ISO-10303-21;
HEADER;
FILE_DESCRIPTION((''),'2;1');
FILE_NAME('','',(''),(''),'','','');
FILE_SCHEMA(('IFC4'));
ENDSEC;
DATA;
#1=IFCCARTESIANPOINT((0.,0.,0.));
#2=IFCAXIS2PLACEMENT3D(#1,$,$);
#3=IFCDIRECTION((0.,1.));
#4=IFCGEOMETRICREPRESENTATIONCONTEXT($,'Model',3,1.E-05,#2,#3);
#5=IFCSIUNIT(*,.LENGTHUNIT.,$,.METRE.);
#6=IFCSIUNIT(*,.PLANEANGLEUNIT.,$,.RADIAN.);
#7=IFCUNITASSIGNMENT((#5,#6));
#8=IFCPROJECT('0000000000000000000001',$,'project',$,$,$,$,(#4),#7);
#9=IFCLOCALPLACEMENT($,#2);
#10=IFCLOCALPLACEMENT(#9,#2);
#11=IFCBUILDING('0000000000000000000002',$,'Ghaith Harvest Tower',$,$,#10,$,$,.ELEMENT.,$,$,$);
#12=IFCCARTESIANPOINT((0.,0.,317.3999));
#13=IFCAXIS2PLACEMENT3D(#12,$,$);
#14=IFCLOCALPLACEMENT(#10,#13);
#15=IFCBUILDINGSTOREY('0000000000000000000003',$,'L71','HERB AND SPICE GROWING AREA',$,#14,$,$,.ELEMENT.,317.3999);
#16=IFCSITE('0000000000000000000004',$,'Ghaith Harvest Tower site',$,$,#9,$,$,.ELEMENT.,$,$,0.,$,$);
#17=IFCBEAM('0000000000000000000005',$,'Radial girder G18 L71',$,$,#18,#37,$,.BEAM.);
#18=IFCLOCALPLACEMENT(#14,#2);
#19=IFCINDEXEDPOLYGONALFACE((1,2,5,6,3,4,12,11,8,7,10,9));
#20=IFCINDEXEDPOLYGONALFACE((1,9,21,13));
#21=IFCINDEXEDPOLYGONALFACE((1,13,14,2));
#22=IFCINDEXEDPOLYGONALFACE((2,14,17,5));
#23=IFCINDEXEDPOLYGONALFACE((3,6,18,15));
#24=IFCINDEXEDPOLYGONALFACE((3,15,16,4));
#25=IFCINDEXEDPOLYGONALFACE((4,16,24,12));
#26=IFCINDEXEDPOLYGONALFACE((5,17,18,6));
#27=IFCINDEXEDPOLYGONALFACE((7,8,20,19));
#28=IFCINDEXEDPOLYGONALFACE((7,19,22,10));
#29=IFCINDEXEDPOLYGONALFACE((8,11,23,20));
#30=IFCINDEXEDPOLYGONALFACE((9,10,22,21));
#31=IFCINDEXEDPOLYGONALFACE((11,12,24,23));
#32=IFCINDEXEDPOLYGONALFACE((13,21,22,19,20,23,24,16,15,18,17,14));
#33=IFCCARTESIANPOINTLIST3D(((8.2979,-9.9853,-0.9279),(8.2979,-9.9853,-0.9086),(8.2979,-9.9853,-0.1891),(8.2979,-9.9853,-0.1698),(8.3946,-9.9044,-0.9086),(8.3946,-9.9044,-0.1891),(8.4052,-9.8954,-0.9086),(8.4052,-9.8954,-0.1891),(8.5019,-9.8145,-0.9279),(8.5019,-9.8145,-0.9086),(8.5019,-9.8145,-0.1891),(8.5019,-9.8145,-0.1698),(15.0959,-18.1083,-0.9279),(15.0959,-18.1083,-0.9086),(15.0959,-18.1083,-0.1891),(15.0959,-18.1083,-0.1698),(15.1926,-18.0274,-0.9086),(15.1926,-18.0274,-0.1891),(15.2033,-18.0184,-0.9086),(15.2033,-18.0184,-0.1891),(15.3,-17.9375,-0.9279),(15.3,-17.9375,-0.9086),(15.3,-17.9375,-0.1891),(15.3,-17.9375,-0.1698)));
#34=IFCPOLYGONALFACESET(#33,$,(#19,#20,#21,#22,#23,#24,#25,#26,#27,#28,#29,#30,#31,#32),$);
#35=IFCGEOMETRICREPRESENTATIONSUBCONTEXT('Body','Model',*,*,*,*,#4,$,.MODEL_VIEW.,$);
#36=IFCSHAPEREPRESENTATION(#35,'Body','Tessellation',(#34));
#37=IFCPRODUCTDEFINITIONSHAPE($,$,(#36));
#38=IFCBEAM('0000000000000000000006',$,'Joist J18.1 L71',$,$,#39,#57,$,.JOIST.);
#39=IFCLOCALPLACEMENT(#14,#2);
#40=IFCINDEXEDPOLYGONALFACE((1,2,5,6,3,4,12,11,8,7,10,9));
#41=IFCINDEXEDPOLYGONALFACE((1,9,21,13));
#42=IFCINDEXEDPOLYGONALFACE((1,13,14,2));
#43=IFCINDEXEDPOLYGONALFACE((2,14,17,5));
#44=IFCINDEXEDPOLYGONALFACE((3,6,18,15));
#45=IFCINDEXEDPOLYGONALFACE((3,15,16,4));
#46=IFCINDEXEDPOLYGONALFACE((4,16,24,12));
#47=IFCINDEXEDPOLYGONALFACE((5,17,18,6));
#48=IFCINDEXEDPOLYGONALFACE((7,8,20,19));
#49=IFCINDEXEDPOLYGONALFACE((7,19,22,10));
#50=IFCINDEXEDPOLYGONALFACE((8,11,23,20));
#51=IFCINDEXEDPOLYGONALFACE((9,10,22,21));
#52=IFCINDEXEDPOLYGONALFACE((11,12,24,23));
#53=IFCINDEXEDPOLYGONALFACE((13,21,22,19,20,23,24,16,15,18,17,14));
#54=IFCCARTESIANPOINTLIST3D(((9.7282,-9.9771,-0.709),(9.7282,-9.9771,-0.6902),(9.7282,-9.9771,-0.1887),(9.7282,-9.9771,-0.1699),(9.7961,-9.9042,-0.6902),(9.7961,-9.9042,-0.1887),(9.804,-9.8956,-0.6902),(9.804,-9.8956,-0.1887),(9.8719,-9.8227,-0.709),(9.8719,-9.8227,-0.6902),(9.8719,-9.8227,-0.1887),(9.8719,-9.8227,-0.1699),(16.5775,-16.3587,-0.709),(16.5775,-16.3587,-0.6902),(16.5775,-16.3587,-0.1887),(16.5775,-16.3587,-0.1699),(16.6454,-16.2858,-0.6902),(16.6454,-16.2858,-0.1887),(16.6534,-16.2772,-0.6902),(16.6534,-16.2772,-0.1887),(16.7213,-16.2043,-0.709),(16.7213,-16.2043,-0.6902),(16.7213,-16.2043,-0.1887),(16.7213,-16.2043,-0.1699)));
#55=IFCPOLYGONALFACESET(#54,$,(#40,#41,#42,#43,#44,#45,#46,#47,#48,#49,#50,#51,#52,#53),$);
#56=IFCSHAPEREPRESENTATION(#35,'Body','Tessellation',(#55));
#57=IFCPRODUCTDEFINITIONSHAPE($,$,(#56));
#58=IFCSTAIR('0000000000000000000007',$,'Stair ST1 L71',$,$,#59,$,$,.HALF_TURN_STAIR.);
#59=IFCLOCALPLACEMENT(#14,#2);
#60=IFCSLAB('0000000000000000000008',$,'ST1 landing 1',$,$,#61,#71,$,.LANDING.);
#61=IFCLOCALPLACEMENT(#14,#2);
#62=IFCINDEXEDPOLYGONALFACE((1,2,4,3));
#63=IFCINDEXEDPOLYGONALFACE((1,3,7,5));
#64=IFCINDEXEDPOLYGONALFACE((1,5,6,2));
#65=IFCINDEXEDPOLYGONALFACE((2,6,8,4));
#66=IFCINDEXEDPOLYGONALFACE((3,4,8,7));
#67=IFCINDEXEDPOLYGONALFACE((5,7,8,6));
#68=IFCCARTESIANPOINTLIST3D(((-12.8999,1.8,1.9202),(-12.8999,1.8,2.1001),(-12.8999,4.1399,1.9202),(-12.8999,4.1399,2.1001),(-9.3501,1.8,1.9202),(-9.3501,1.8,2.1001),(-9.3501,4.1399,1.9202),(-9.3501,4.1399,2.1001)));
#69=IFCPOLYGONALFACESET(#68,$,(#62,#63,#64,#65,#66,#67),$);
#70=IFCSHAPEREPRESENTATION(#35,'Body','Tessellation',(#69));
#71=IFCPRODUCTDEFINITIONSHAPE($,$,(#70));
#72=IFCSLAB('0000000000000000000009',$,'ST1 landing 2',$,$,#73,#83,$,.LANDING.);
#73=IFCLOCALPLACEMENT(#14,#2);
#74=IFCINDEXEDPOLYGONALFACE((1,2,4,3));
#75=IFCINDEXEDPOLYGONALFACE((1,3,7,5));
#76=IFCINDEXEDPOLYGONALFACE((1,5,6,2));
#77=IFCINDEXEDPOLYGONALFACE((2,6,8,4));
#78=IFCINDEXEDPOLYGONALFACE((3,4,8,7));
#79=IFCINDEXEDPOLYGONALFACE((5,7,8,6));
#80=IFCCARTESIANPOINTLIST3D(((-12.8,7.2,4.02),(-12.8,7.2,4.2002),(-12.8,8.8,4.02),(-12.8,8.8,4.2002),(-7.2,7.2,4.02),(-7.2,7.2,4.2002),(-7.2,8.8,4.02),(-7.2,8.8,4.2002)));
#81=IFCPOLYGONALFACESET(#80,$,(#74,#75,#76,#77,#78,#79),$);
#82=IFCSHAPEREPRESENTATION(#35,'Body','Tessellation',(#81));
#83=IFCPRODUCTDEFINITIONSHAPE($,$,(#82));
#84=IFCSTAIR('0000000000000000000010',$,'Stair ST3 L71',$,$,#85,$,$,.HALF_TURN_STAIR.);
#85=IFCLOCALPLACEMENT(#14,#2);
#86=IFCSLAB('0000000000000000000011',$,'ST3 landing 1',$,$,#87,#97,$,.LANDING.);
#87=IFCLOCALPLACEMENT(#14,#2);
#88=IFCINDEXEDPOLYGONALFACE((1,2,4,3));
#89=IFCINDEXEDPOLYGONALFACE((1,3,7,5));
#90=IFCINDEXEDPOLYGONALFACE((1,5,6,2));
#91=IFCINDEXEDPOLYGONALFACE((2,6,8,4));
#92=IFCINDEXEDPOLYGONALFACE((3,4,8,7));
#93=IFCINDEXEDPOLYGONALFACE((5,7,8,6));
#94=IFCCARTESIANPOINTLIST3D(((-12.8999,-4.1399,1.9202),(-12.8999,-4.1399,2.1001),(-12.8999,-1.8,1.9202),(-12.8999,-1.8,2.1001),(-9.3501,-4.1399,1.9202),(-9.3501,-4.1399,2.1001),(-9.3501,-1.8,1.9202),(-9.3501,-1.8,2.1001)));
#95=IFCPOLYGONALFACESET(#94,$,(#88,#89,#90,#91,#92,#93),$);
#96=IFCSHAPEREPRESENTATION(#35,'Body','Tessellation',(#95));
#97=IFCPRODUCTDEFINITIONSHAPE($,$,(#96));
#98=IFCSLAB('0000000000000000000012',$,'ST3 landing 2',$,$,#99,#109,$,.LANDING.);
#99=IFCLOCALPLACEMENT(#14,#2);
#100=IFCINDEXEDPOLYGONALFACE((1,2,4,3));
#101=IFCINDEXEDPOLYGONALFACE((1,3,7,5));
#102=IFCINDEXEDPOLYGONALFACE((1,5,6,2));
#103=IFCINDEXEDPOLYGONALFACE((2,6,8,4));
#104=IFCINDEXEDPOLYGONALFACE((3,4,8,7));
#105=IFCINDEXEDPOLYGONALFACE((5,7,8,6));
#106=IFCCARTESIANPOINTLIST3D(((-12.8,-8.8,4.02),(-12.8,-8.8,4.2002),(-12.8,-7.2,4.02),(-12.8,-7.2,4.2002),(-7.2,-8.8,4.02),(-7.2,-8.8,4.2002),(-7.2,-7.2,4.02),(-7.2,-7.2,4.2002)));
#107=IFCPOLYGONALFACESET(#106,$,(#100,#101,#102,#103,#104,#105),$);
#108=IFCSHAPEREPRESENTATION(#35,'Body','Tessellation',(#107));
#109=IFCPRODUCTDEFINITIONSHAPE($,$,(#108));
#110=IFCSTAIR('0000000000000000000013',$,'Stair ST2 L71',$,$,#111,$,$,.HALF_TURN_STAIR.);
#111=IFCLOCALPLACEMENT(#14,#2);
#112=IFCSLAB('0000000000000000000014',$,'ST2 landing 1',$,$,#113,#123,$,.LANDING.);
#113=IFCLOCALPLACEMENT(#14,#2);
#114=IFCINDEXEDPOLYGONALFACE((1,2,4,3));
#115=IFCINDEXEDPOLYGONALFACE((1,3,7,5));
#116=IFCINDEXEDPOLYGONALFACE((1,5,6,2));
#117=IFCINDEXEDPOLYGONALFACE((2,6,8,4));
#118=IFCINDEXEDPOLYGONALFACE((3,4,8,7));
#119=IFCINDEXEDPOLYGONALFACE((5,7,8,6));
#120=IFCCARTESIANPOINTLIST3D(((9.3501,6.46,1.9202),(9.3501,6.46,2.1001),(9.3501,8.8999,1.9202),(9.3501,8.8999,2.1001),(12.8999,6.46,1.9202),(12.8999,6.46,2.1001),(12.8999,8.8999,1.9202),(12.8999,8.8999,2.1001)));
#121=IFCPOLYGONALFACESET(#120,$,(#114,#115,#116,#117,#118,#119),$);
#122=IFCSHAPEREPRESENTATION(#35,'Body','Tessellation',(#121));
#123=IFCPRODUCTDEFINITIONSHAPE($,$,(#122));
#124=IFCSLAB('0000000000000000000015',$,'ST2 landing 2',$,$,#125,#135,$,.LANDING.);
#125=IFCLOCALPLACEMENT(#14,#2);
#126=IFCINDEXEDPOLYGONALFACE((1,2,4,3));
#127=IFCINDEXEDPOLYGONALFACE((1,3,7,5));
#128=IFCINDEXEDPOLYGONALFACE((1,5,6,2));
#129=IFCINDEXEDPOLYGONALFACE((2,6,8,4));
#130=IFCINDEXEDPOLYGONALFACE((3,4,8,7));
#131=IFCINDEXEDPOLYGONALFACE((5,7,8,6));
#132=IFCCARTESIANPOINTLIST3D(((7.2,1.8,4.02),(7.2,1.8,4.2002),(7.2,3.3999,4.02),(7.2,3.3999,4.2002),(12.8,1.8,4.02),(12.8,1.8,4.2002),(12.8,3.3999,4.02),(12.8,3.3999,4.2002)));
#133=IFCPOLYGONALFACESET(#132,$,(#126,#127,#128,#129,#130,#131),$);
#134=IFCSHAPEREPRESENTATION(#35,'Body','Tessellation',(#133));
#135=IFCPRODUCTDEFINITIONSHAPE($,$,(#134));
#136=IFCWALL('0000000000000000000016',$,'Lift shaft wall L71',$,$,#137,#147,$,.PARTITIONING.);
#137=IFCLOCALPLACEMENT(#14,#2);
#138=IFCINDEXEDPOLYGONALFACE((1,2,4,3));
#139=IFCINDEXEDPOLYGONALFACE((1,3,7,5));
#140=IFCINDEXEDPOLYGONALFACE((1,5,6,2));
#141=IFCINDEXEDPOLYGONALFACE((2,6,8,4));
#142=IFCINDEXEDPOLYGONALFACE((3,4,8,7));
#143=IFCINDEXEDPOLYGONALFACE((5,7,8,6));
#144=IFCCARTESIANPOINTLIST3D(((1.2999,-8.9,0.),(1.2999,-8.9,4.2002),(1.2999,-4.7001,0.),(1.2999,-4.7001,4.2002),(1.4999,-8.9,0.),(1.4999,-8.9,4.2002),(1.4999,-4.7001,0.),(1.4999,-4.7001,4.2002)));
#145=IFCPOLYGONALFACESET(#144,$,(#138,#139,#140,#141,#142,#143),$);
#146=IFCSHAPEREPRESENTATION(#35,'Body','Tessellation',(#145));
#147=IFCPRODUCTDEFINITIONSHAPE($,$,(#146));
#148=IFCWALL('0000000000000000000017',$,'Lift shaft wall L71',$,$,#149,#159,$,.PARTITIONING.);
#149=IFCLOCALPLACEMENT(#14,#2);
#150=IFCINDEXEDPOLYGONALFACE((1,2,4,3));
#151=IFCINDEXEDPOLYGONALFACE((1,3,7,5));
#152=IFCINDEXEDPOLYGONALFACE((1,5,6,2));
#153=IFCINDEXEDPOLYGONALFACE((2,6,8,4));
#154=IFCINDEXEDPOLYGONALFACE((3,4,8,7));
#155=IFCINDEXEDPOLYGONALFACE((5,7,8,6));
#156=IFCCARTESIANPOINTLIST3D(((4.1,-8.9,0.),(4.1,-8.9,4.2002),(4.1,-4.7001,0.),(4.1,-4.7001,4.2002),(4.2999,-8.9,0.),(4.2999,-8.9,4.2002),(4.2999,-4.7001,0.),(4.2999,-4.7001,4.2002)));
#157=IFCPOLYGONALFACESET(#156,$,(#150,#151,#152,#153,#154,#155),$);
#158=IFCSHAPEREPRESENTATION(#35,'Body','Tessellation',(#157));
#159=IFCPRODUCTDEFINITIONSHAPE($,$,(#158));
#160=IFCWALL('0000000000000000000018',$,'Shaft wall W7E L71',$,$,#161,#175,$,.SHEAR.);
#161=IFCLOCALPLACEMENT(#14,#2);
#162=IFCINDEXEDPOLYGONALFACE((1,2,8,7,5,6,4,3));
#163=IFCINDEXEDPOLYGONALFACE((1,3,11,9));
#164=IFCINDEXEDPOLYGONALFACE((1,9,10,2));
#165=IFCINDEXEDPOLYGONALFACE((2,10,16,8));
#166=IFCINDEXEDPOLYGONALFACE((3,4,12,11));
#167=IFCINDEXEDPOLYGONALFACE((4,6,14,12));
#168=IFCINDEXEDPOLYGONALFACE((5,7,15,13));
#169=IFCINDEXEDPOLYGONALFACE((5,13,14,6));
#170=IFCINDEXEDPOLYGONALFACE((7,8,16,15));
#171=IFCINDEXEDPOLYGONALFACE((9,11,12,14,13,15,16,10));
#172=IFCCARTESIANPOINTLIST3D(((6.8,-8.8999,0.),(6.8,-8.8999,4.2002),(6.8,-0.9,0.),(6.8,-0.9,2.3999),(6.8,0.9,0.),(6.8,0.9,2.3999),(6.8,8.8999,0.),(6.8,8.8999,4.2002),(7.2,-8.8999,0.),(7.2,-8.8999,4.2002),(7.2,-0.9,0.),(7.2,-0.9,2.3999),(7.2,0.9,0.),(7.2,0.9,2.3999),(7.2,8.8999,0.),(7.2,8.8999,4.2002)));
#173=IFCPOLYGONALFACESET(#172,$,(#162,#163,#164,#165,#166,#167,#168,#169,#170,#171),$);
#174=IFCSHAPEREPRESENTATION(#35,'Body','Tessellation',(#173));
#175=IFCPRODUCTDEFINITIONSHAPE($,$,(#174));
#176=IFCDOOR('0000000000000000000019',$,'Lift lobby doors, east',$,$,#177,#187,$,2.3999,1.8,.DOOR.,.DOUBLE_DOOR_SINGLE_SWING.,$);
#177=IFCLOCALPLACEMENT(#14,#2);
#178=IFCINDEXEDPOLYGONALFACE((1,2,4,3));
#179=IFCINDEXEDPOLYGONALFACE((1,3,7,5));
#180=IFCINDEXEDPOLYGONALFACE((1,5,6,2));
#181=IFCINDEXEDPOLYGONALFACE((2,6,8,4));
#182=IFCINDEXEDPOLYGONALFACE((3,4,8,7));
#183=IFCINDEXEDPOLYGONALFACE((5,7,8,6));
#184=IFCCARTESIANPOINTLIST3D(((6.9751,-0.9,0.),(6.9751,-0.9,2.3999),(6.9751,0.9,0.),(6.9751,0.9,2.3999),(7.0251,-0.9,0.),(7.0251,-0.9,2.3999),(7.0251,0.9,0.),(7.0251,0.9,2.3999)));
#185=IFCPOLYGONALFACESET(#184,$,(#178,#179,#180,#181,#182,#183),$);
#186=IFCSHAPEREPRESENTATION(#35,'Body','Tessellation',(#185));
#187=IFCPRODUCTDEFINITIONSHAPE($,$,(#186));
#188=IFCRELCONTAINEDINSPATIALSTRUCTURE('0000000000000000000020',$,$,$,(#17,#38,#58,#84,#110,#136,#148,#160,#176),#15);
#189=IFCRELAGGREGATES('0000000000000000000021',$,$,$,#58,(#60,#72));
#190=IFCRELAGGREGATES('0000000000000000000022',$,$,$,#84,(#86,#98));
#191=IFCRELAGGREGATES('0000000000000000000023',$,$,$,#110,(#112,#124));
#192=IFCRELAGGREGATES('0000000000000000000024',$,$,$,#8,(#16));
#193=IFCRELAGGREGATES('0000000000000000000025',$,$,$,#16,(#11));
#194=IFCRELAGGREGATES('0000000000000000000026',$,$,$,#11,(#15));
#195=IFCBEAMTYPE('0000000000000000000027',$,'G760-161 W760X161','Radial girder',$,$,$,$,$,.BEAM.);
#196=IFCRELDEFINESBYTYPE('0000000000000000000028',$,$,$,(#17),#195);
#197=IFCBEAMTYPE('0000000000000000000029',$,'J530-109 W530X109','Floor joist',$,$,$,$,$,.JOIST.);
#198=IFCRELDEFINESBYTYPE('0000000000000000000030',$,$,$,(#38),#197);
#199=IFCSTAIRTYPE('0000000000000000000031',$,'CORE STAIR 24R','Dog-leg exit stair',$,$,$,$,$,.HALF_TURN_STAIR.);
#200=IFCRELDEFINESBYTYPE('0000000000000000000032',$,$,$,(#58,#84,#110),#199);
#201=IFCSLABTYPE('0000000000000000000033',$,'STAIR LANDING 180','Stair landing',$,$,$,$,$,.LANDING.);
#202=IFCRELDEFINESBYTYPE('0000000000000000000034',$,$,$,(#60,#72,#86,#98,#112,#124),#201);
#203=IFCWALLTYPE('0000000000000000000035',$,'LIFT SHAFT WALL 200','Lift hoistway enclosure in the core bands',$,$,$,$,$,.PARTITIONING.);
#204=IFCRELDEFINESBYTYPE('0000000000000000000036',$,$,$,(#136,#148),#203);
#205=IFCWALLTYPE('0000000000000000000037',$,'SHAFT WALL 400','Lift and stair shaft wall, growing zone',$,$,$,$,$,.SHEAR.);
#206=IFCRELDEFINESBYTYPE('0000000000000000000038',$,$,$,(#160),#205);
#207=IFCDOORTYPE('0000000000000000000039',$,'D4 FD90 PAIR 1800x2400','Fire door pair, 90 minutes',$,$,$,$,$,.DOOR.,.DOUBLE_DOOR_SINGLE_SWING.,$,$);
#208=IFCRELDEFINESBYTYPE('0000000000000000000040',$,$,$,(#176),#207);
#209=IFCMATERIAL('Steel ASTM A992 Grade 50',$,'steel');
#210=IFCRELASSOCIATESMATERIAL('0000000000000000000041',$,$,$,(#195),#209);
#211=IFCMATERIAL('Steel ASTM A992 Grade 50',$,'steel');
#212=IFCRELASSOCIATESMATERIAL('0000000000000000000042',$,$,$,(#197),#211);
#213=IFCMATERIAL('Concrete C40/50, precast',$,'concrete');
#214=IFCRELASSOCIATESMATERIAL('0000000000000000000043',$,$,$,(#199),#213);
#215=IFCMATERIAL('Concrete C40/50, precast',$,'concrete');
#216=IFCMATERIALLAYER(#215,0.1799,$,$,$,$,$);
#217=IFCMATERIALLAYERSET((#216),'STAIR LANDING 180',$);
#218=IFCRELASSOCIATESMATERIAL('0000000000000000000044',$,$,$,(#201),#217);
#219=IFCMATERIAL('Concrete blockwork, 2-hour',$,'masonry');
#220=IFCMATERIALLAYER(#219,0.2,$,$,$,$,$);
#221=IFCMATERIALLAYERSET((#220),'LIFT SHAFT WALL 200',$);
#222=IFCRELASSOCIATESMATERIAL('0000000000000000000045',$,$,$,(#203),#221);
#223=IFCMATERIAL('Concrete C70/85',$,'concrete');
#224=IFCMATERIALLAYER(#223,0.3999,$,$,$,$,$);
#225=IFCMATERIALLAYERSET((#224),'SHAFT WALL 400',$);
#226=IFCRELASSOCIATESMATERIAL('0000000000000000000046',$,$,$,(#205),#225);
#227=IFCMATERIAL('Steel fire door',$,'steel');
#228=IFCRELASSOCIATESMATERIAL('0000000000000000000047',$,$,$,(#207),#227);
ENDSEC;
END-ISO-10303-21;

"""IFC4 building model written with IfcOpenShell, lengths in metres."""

from ifc_helpers import new_model, si_unit, direction, frame, frame_2d, origin, origin_2d, place, context, subcontext, project, spatial, polyline, rectangle, i_section, outline, extrude, material, layer, layer_set, material_profile, profile_set, type_object, element, fill, aggregate, save


model = new_model("IFC4")

# Units and contexts
model_context = context("Model", 3, precision=1e-05, world=origin(), true_north=direction((0.0, 1.0)))
body_context = subcontext(model_context, "Body", "Model", "MODEL_VIEW")
ifc_project = project(units=[si_unit("LENGTHUNIT", "METRE"), si_unit("PLANEANGLEUNIT", "RADIAN")], contexts=[model_context])

# Site, building, storey
site_placement = place(None, origin())
site = spatial("IfcSite", under=ifc_project, at=site_placement, Name="Ghaith Harvest Tower site", CompositionType="ELEMENT", RefElevation=0.0)
building_placement = place(site_placement, origin())
building = spatial("IfcBuilding", under=site, at=building_placement, Name="Ghaith Harvest Tower", CompositionType="ELEMENT")
storey_placement = place(building_placement, frame((0.0, 0.0, 317.3999)))
storey = spatial("IfcBuildingStorey", under=building, at=storey_placement, Name="L71", Description="HERB AND SPICE GROWING AREA", CompositionType="ELEMENT", Elevation=317.3999)

# Beams
ifc_material_1 = material(Name="Steel ASTM A992 Grade 50", Category="steel")
ifc_material_profile_1 = material_profile(ifc_material_1, i_section(OverallWidth=0.2661, OverallDepth=0.7581, WebThickness=0.0139, FlangeThickness=0.0193, at=origin_2d()), Name="W760X161")
ifc_profile_set_1 = profile_set([ifc_material_profile_1], Name="Steel ASTM A992 Grade 50")
beam_type_1 = type_object("IfcBeamType", Name="G760-161 W760X161", Description="Radial girder", PredefinedType="BEAM", material=ifc_profile_set_1)
beam_1_placement = place(storey_placement, frame((8.3999, -9.8999, -0.5488), z_axis=(0.641793, -0.766878, 0.0), x_axis=(0.766878, 0.641793, 0.0)))
element("IfcBeam", 1, at=beam_1_placement, inside=storey, type_object=beam_type_1, Name="Radial girder G18 L71", PredefinedType="BEAM", context=body_context, shape_type="SweptSolid", body=[
    extrude(i_section(OverallWidth=0.2661, OverallDepth=0.7581, WebThickness=0.0139, FlangeThickness=0.0193, at=origin_2d()), origin(), (0.0, 0.0, 1.0), 10.5923),
])
ifc_material_2 = material(Name="Steel ASTM A992 Grade 50", Category="steel")
ifc_material_profile_2 = material_profile(ifc_material_2, i_section(OverallWidth=0.2109, OverallDepth=0.5391, WebThickness=0.0117, FlangeThickness=0.0188, at=origin_2d()), Name="W530X109")
ifc_profile_set_2 = profile_set([ifc_material_profile_2], Name="Steel ASTM A992 Grade 50")
beam_type_2 = type_object("IfcBeamType", Name="J530-109 W530X109", Description="Floor joist", PredefinedType="JOIST", material=ifc_profile_set_2)
beam_2_placement = place(storey_placement, frame((9.8, -9.8999, -0.4395), z_axis=(0.731649, -0.681682, 0.0), x_axis=(0.681682, 0.731649, 0.0)))
element("IfcBeam", 2, at=beam_2_placement, inside=storey, type_object=beam_type_2, Name="Joist J18.1 L71", PredefinedType="JOIST", context=body_context, shape_type="SweptSolid", body=[
    extrude(i_section(OverallWidth=0.2109, OverallDepth=0.5391, WebThickness=0.0117, FlangeThickness=0.0188, at=origin_2d()), origin(), (0.0, 0.0, 1.0), 9.3616),
])

# Stairs, slabs
ifc_material_3 = material(Name="Concrete C40/50, precast", Category="concrete")
stair_type = type_object("IfcStairType", Name="CORE STAIR 24R", Description="Dog-leg exit stair", PredefinedType="HALF_TURN_STAIR", material=ifc_material_3)
stair_1_placement = place(storey_placement, origin())
stair_1 = element("IfcStair", 3, at=stair_1_placement, inside=storey, type_object=stair_type, Name="Stair ST1 L71", PredefinedType="HALF_TURN_STAIR")
ifc_material_4 = material(Name="Concrete C40/50, precast", Category="concrete")
ifc_layer_1 = layer(ifc_material_4, 0.1799)
ifc_layer_set_1 = layer_set([ifc_layer_1], Name="STAIR LANDING 180")
slab_type = type_object("IfcSlabType", Name="STAIR LANDING 180", Description="Stair landing", PredefinedType="LANDING", material=ifc_layer_set_1)
slab_1_placement = place(storey_placement, frame((0.0, 0.0, 1.9202)))
slab_1 = element("IfcSlab", 4, at=slab_1_placement, type_object=slab_type, Name="ST1 landing 1", PredefinedType="LANDING", context=body_context, shape_type="SweptSolid", body=[
    extrude(outline(polyline([(-12.8999, 4.1399), (-12.8999, 1.8), (-9.3501, 1.8), (-9.3501, 4.1399), (-12.8999, 4.1399)])), origin(), (0.0, 0.0, 1.0), 0.1799),
])
slab_2_placement = place(storey_placement, frame((0.0, 0.0, 4.02)))
slab_2 = element("IfcSlab", 5, at=slab_2_placement, type_object=slab_type, Name="ST1 landing 2", PredefinedType="LANDING", context=body_context, shape_type="SweptSolid", body=[
    extrude(outline(polyline([(-12.8, 8.8), (-12.8, 7.2), (-7.2, 7.2), (-7.2, 8.8), (-12.8, 8.8)])), origin(), (0.0, 0.0, 1.0), 0.1802),
])
aggregate(stair_1, [slab_1, slab_2])
stair_2_placement = place(storey_placement, origin())
stair_2 = element("IfcStair", 6, at=stair_2_placement, inside=storey, type_object=stair_type, Name="Stair ST3 L71", PredefinedType="HALF_TURN_STAIR")
slab_3_placement = place(storey_placement, frame((0.0, 0.0, 1.9202)))
slab_3 = element("IfcSlab", 7, at=slab_3_placement, type_object=slab_type, Name="ST3 landing 1", PredefinedType="LANDING", context=body_context, shape_type="SweptSolid", body=[
    extrude(outline(polyline([(-12.8999, -4.1399), (-12.8999, -1.8), (-9.3501, -1.8), (-9.3501, -4.1399), (-12.8999, -4.1399)])), origin(), (0.0, 0.0, 1.0), 0.1799),
])
slab_4_placement = place(storey_placement, frame((0.0, 0.0, 4.02)))
slab_4 = element("IfcSlab", 8, at=slab_4_placement, type_object=slab_type, Name="ST3 landing 2", PredefinedType="LANDING", context=body_context, shape_type="SweptSolid", body=[
    extrude(outline(polyline([(-12.8, -8.8), (-12.8, -7.2), (-7.2, -7.2), (-7.2, -8.8), (-12.8, -8.8)])), origin(), (0.0, 0.0, 1.0), 0.1802),
])
aggregate(stair_2, [slab_3, slab_4])
stair_3_placement = place(storey_placement, origin())
stair_3 = element("IfcStair", 9, at=stair_3_placement, inside=storey, type_object=stair_type, Name="Stair ST2 L71", PredefinedType="HALF_TURN_STAIR")
slab_5_placement = place(storey_placement, frame((0.0, 0.0, 1.9202)))
slab_5 = element("IfcSlab", 10, at=slab_5_placement, type_object=slab_type, Name="ST2 landing 1", PredefinedType="LANDING", context=body_context, shape_type="SweptSolid", body=[
    extrude(outline(polyline([(12.8999, 6.46), (12.8999, 8.8999), (9.3501, 8.8999), (9.3501, 6.46), (12.8999, 6.46)])), origin(), (0.0, 0.0, 1.0), 0.1799),
])
slab_6_placement = place(storey_placement, frame((0.0, 0.0, 4.02)))
slab_6 = element("IfcSlab", 11, at=slab_6_placement, type_object=slab_type, Name="ST2 landing 2", PredefinedType="LANDING", context=body_context, shape_type="SweptSolid", body=[
    extrude(outline(polyline([(12.8, 1.8), (12.8, 3.3999), (7.2, 3.3999), (7.2, 1.8), (12.8, 1.8)])), origin(), (0.0, 0.0, 1.0), 0.1802),
])
aggregate(stair_3, [slab_5, slab_6])

# Walls
ifc_material_5 = material(Name="Concrete blockwork, 2-hour", Category="masonry")
ifc_layer_2 = layer(ifc_material_5, 0.2)
ifc_layer_set_2 = layer_set([ifc_layer_2], Name="LIFT SHAFT WALL 200")
wall_type_1 = type_object("IfcWallType", Name="LIFT SHAFT WALL 200", Description="Lift hoistway enclosure in the core bands", PredefinedType="PARTITIONING", material=ifc_layer_set_2)
for number, where, z_axis, x_axis, name in (
    (12, (1.3999, -4.7, 0.0), (0.0, 0.0, 1.0), (0.0, -1.0, 0.0), "Lift shaft wall L71"),
    (13, (4.2, -4.7, 0.0), (0.0, 0.0, 1.0), (0.0, -1.0, 0.0), "Lift shaft wall L71"),
):
    element("IfcWall", number, at=place(storey_placement, frame(where, z_axis=z_axis, x_axis=x_axis)), inside=storey, type_object=wall_type_1, Name=name, PredefinedType="PARTITIONING", context=body_context, shape_type="SweptSolid", body=[
        extrude(rectangle(XDim=4.2, YDim=0.2, at=frame_2d((2.1001, 0.0))), origin(), (0.0, 0.0, 1.0), 4.2002),
    ])

# Wall, opening, door
ifc_material_6 = material(Name="Concrete C70/85", Category="concrete")
ifc_layer_3 = layer(ifc_material_6, 0.3999)
ifc_layer_set_3 = layer_set([ifc_layer_3], Name="SHAFT WALL 400")
wall_type_2 = type_object("IfcWallType", Name="SHAFT WALL 400", Description="Lift and stair shaft wall, growing zone", PredefinedType="SHEAR", material=ifc_layer_set_3)
wall_1_placement = place(storey_placement, frame((7.0, -8.8999, 0.0), z_axis=(0.0, 0.0, 1.0), x_axis=(0.0, 1.0, 0.0)))
wall_1 = element("IfcWall", 14, at=wall_1_placement, inside=storey, type_object=wall_type_2, Name="Shaft wall W7E L71", PredefinedType="SHEAR", context=body_context, shape_type="SweptSolid", body=[
    extrude(rectangle(XDim=17.7998, YDim=0.3999, at=frame_2d((8.8999, 0.0))), origin(), (0.0, 0.0, 1.0), 4.2002),
])
opening_1_placement = place(wall_1_placement, frame((8.0, 0.0, 0.0)))
opening_1 = element("IfcOpeningElement", 15, at=opening_1_placement, cuts=wall_1, PredefinedType="OPENING", context=body_context, shape_type="SweptSolid", body=[
    extrude(rectangle(XDim=1.8, YDim=2.3999, at=frame_2d((0.8999, 1.2))), frame((0.0, 0.21, 0.0), z_axis=(0.0, -1.0, 0.0), x_axis=(1.0, 0.0, 0.0)), (0.0, 0.0, 1.0), 0.4199),
])
ifc_material_7 = material(Name="Steel fire door", Category="steel")
door_type_1 = type_object("IfcDoorType", Name="D4 FD90 PAIR 1800x2400", Description="Fire door pair, 90 minutes", OperationType="DOUBLE_DOOR_SINGLE_SWING", PredefinedType="DOOR", material=ifc_material_7)
door_1_placement = place(opening_1_placement, origin())
door_1 = element("IfcDoor", 16, at=door_1_placement, inside=storey, type_object=door_type_1, Name="Lift lobby doors, east", OperationType="DOUBLE_DOOR_SINGLE_SWING", OverallHeight=2.3999, OverallWidth=1.8, PredefinedType="DOOR", context=body_context, shape_type="SweptSolid", body=[
    extrude(rectangle(XDim=1.8, YDim=2.3999, at=frame_2d((0.8999, 1.2))), frame((0.0, 0.0249, 0.0), z_axis=(0.0, -1.0, 0.0), x_axis=(1.0, 0.0, 0.0)), (0.0, 0.0, 1.0), 0.05),
])
fill(opening_1, door_1)

save(model, "model.ifc")
